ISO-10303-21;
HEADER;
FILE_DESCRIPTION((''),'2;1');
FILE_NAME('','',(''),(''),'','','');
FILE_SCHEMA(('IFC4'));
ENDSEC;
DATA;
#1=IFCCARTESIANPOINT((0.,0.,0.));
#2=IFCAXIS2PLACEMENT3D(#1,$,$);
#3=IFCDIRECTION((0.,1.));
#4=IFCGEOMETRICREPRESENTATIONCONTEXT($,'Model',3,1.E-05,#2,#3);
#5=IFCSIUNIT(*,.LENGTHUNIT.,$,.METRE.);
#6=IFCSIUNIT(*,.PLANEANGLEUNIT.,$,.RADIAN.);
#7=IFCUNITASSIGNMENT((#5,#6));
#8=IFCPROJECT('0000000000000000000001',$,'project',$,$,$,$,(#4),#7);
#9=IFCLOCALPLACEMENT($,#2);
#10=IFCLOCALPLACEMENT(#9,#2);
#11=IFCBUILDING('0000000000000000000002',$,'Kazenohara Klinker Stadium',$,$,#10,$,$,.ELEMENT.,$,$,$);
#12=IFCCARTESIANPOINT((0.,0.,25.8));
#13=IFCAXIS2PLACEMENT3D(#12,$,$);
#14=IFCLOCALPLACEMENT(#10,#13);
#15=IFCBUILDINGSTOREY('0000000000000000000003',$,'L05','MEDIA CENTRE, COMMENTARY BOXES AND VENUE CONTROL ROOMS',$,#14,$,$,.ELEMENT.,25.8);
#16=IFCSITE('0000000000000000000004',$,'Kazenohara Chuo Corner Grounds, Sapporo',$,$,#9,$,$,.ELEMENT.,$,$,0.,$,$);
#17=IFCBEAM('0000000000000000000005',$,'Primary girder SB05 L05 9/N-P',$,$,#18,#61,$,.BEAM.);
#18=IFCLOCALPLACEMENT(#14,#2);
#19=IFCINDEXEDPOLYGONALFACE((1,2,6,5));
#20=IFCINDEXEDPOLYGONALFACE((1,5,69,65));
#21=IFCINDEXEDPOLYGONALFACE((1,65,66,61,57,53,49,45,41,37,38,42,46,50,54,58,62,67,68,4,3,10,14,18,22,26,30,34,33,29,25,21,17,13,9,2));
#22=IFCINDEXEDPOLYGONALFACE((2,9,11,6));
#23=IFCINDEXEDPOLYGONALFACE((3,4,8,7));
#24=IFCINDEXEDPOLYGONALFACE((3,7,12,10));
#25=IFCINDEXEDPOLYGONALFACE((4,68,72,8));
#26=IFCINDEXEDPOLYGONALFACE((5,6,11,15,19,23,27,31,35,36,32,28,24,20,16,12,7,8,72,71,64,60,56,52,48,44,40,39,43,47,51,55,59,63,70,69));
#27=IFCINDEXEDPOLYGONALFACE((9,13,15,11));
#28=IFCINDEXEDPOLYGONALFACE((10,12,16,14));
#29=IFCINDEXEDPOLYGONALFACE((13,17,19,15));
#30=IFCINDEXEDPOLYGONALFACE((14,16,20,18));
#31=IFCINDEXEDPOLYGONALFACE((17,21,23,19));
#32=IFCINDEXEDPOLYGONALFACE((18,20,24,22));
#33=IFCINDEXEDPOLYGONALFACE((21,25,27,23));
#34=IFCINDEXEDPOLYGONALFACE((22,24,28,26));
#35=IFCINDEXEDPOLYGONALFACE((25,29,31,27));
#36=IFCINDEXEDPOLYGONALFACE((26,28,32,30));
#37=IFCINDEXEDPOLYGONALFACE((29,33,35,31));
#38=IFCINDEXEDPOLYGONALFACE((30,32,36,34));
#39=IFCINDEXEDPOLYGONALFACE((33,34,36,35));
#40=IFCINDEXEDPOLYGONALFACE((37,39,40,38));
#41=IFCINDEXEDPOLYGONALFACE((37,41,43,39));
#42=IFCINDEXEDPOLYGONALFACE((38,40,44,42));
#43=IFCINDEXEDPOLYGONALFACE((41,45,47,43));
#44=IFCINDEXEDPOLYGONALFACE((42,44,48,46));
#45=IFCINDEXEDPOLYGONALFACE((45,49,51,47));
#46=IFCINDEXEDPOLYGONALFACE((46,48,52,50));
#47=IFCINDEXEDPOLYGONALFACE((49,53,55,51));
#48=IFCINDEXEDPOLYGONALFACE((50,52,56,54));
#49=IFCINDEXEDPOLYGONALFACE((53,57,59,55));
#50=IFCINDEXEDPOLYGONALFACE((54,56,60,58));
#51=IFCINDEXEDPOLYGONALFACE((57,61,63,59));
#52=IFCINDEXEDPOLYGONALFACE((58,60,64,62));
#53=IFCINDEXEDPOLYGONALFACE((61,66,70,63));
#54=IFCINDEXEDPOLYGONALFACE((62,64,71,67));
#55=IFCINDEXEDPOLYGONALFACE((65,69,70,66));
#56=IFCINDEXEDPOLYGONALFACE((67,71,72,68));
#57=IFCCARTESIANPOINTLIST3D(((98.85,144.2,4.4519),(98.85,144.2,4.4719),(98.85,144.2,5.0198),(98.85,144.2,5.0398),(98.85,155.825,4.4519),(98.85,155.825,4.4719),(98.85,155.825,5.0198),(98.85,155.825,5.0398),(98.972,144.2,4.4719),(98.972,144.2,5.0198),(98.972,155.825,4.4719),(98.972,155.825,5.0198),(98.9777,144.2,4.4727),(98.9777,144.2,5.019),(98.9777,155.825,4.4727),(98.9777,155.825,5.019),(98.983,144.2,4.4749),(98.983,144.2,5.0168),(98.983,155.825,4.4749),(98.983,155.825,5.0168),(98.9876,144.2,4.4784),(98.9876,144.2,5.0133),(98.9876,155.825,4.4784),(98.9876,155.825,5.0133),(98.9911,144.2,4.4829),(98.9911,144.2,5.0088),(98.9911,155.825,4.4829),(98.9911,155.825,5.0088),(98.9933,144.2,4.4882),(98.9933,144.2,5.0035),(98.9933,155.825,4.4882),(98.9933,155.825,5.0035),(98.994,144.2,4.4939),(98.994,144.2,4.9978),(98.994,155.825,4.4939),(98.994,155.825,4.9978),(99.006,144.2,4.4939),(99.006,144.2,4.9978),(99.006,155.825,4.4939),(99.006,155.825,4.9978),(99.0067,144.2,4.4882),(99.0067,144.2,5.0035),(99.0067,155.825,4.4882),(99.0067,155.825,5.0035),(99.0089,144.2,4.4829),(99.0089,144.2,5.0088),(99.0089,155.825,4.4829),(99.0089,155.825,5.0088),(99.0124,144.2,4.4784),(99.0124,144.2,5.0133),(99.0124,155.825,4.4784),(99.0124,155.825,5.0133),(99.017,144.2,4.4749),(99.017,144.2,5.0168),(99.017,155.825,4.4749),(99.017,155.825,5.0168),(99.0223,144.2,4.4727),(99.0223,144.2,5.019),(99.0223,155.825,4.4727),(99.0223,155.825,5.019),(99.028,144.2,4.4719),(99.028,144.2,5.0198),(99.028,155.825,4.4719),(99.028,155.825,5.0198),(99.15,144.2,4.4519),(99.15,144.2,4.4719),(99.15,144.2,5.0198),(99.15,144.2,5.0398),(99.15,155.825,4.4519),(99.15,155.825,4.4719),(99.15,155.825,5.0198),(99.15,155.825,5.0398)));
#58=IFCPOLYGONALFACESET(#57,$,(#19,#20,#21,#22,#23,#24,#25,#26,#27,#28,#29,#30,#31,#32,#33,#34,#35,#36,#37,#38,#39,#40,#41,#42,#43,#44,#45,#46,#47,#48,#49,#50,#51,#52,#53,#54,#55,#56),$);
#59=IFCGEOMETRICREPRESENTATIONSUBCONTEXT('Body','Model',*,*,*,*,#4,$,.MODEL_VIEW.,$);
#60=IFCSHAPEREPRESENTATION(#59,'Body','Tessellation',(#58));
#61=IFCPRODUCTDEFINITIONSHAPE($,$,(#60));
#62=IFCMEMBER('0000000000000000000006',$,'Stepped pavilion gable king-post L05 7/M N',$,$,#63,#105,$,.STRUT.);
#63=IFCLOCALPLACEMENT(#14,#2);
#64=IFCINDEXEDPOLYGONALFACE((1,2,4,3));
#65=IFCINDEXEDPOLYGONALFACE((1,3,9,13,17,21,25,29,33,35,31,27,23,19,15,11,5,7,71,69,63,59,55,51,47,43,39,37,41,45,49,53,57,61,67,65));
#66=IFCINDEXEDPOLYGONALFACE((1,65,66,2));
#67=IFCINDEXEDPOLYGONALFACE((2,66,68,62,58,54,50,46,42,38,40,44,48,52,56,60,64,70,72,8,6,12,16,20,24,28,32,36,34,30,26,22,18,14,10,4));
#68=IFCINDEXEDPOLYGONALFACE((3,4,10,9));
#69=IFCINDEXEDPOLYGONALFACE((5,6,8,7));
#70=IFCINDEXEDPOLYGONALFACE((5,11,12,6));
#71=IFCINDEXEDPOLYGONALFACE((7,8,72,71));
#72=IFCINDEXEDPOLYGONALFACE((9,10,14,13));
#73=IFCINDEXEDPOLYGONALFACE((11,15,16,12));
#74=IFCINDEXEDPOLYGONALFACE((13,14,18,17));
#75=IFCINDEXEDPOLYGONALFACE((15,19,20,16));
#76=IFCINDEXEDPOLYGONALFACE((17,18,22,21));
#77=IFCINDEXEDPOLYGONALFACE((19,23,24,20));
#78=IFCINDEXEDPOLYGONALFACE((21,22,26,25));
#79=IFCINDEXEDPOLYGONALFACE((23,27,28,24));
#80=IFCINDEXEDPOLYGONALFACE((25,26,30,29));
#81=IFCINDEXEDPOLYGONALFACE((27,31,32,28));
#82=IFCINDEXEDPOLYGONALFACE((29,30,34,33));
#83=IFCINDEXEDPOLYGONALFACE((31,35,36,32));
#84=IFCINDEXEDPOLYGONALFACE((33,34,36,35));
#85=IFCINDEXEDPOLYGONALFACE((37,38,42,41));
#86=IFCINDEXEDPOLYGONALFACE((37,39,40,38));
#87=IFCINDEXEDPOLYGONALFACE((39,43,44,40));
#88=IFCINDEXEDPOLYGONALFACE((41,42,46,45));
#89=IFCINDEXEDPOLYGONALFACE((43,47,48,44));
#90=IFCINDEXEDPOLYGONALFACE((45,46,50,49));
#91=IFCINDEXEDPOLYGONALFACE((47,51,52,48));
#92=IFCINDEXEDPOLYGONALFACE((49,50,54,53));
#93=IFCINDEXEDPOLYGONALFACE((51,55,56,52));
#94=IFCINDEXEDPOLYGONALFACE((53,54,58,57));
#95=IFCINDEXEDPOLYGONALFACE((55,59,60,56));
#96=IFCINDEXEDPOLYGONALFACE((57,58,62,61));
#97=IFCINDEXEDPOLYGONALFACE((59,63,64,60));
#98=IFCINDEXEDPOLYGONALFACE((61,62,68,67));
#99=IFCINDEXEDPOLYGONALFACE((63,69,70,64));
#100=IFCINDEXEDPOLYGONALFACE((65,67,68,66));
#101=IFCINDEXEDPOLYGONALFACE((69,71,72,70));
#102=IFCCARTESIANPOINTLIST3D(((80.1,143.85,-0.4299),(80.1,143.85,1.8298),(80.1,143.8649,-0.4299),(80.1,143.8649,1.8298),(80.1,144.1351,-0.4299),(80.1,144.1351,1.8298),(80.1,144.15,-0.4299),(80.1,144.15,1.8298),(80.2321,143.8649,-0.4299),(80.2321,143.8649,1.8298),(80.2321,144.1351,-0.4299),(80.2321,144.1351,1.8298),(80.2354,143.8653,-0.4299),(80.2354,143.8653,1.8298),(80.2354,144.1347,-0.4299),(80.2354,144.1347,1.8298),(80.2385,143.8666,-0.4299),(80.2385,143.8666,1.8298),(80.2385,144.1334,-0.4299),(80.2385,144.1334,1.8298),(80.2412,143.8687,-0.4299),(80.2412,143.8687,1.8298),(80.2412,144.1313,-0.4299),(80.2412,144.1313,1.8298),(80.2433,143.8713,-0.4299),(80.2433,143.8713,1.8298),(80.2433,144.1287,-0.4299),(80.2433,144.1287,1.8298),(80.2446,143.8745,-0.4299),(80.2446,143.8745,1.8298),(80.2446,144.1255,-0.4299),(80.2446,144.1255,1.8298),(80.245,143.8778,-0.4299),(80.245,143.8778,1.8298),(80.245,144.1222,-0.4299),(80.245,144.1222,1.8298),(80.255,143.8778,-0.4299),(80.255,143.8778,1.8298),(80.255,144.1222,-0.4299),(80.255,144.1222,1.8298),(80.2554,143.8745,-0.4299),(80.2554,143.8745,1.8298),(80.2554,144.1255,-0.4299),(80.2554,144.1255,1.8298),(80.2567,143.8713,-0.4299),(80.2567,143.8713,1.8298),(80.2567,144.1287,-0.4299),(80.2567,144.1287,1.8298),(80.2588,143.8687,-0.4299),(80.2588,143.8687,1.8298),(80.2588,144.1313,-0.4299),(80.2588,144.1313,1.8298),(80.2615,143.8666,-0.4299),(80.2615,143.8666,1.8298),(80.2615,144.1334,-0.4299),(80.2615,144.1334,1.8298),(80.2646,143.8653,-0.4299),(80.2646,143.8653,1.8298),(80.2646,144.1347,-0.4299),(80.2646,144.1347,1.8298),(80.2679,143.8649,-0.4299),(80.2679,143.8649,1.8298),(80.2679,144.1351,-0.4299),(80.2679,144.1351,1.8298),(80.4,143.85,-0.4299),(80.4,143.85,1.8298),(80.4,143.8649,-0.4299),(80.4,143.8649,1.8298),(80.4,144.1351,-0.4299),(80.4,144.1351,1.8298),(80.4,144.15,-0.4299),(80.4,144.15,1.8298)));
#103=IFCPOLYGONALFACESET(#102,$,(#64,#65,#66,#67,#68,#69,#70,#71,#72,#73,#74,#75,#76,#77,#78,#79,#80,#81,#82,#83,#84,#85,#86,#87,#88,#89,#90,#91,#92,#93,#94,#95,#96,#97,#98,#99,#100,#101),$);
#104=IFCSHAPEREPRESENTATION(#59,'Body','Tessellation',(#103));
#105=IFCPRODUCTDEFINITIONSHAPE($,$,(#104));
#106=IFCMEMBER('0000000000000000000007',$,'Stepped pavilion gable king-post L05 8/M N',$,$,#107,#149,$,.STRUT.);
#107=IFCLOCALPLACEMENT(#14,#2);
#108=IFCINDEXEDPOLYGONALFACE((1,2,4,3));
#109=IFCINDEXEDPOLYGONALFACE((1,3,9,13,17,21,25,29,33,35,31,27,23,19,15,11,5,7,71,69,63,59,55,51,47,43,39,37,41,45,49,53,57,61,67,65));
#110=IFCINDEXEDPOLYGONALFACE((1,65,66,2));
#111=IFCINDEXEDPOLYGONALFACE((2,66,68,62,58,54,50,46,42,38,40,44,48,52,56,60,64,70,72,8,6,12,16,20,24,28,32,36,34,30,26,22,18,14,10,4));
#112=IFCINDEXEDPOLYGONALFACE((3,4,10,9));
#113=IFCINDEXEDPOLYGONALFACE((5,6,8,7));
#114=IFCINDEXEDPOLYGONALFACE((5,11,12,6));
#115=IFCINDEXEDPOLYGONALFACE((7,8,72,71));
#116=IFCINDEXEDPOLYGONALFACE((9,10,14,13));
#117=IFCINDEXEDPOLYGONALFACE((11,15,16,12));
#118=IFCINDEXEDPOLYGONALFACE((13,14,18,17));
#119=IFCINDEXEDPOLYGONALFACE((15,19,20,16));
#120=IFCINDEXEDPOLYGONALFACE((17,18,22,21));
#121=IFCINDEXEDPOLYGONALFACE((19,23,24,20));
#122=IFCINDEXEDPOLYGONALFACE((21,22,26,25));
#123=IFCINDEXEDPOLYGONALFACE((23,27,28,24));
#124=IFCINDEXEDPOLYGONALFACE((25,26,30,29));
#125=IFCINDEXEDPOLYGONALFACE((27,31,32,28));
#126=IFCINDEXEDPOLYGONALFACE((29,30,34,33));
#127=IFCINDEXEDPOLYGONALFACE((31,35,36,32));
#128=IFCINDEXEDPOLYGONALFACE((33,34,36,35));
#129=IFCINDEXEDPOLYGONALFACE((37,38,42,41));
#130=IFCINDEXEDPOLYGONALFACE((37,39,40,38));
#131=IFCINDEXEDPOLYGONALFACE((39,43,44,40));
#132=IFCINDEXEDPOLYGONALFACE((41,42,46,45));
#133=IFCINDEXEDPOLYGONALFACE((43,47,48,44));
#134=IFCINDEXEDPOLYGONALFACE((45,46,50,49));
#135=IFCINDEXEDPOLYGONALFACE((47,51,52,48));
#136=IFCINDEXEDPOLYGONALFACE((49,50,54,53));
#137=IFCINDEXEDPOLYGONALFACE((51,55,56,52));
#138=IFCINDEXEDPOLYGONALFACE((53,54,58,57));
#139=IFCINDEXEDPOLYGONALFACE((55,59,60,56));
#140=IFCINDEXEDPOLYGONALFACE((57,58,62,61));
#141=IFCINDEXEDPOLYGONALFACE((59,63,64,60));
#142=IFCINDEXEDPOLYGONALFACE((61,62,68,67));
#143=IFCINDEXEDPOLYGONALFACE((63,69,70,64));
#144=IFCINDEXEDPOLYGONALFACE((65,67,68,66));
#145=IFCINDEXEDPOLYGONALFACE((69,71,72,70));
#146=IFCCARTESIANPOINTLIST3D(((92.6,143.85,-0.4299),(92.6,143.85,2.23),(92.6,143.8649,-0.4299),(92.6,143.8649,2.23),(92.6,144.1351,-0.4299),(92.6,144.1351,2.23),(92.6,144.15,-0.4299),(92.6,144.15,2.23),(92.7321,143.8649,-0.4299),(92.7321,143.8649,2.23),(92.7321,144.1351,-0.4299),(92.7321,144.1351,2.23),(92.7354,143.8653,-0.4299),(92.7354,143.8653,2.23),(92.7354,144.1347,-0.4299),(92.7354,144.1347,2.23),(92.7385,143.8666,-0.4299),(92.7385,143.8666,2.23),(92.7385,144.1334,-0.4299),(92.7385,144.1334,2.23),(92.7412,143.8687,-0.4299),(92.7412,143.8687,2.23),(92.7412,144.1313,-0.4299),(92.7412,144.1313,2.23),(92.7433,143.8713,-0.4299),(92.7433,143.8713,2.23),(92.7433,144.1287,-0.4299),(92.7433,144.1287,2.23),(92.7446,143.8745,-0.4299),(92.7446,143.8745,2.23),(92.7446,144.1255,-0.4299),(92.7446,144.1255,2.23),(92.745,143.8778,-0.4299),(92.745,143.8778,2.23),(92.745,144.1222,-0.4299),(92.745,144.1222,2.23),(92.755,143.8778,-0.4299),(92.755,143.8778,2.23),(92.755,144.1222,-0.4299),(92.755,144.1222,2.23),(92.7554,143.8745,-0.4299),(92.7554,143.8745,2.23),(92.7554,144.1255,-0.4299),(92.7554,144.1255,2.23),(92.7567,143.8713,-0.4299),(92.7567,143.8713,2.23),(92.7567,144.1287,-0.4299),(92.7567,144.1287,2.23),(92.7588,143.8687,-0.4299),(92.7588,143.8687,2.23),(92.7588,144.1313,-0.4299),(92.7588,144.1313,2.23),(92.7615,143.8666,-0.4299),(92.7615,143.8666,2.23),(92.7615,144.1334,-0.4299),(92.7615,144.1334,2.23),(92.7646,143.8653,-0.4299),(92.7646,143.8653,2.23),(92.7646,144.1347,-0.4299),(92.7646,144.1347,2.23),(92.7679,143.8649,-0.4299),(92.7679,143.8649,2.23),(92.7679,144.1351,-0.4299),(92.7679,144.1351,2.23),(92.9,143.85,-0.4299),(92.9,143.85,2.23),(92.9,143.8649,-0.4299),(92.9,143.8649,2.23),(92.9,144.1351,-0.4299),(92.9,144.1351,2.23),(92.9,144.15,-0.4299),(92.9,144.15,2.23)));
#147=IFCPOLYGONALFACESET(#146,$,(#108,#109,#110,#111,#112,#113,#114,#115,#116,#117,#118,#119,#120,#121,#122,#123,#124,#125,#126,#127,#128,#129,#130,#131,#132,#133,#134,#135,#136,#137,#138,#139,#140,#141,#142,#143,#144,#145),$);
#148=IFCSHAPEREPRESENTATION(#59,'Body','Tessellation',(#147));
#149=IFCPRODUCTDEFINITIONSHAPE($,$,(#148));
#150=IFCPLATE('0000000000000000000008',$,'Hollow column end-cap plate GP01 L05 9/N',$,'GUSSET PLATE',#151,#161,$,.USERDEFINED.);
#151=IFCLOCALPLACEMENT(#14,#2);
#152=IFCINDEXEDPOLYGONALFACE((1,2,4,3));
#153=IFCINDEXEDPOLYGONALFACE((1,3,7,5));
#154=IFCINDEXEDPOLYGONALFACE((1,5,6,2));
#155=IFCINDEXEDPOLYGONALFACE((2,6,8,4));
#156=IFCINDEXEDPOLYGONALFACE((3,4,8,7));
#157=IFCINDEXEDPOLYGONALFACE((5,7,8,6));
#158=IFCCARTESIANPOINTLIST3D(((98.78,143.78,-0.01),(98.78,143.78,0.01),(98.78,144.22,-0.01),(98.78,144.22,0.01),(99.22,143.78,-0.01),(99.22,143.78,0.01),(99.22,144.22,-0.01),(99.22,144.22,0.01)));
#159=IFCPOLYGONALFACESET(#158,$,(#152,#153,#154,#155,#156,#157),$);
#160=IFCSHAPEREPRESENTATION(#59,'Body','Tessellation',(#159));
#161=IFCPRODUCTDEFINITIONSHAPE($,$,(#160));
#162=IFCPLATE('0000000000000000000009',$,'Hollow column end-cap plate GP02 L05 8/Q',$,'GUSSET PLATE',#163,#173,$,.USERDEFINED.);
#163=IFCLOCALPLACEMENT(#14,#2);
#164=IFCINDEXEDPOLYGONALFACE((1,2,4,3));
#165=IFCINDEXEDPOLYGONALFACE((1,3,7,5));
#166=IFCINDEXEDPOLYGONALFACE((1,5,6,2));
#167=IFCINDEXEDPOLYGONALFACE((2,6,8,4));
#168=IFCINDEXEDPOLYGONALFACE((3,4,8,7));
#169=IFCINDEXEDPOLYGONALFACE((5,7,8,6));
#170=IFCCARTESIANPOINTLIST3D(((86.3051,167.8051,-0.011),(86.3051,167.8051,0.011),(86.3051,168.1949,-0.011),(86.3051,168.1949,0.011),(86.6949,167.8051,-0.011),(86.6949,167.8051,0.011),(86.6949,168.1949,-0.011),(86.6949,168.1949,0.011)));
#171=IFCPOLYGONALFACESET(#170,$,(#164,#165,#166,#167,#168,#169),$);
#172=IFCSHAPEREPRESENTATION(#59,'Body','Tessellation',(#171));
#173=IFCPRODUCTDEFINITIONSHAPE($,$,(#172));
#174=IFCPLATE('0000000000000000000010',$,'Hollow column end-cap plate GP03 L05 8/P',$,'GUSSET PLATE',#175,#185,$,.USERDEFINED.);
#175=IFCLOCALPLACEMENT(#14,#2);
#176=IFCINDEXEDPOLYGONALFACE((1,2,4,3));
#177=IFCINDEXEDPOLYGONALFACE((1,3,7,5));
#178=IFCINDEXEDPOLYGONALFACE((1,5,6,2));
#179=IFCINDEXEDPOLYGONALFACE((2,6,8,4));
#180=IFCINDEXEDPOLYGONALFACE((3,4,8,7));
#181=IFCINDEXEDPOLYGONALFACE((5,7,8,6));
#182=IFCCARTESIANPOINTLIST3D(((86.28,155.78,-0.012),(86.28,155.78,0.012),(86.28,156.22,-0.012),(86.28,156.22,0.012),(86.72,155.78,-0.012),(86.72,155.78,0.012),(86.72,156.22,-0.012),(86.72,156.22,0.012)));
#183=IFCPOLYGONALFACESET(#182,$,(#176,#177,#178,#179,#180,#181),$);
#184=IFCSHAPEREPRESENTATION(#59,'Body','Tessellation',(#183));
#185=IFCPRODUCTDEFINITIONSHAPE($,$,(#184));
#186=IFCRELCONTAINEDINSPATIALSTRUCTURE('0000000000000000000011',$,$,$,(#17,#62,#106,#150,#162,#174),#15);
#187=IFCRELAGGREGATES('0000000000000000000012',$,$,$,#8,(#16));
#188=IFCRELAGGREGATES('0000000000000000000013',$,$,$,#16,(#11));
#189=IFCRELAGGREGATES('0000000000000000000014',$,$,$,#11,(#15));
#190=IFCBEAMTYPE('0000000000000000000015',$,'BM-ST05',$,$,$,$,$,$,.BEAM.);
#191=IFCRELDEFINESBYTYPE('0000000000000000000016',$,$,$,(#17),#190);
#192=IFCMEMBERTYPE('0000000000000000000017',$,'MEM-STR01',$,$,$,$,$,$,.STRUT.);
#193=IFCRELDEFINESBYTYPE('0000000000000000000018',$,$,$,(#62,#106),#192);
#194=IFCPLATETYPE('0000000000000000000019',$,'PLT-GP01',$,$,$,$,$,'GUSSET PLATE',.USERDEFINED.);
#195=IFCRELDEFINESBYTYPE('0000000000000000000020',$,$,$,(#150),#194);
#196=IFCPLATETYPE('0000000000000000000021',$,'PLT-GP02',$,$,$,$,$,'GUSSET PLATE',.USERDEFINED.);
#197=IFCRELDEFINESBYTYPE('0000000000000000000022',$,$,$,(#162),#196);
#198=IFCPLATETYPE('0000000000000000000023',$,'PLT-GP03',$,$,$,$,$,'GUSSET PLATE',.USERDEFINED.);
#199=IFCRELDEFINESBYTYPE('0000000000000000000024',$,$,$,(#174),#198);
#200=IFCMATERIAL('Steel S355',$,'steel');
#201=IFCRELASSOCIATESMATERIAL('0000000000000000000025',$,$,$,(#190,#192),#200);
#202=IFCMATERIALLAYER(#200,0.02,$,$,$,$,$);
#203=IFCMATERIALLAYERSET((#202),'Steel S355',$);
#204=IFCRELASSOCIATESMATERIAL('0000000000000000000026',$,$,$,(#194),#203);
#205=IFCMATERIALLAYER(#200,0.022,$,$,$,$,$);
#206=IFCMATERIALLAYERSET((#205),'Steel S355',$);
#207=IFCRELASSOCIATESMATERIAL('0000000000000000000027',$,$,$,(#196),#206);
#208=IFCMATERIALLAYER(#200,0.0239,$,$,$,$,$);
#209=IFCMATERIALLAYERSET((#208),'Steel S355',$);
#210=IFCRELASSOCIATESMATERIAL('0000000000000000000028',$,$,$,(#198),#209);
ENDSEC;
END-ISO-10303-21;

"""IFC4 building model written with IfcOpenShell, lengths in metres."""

from ifc_helpers import new_model, si_unit, direction, frame, origin, origin_2d, place, context, subcontext, project, spatial, rectangle, i_section, extrude, material, layer, layer_set, material_profile, profile_set, type_object, element, save


model = new_model("IFC4")

# Units and contexts
model_context = context("Model", 3, precision=1e-05, world=origin(), true_north=direction((0.0, 1.0)))
body_context = subcontext(model_context, "Body", "Model", "MODEL_VIEW")
ifc_project = project(units=[si_unit("LENGTHUNIT", "METRE"), si_unit("PLANEANGLEUNIT", "RADIAN")], contexts=[model_context])

# Site, building, storey
site_placement = place(None, origin())
site = spatial("IfcSite", under=ifc_project, at=site_placement, Name="Kazenohara Chuo Corner Grounds, Sapporo", CompositionType="ELEMENT", RefElevation=0.0)
building_placement = place(site_placement, origin())
building = spatial("IfcBuilding", under=site, at=building_placement, Name="Kazenohara Klinker Stadium", CompositionType="ELEMENT")
storey_placement = place(building_placement, frame((0.0, 0.0, 25.8)))
storey = spatial("IfcBuildingStorey", under=building, at=storey_placement, Name="L05", Description="MEDIA CENTRE, COMMENTARY BOXES AND VENUE CONTROL ROOMS", CompositionType="ELEMENT", Elevation=25.8)

# Shared definitions
ifc_material_1 = material(Name="Steel S355", Category="steel")

# Beam
ifc_material_profile_1 = material_profile(ifc_material_1, i_section(OverallWidth=0.3, OverallDepth=0.5879, WebThickness=0.012, FlangeThickness=0.02, FilletRadius=0.022, at=origin_2d()), Name="H-588x300x12x20")
ifc_profile_set_1 = profile_set([ifc_material_profile_1], Name="Steel S355")
beam_type_1 = type_object("IfcBeamType", Name="BM-ST05", PredefinedType="BEAM", material=ifc_profile_set_1)
for number, where, z_axis, x_axis, name in (
    (1, (99.0, 144.2, 4.7458), (0.0, 1.0, 0.0), (-1.0, 0.0, 0.0), "Primary girder SB05 L05 9/N-P"),
):
    element("IfcBeam", number, at=place(storey_placement, frame(where, z_axis=z_axis, x_axis=x_axis)), inside=storey, type_object=beam_type_1, Name=name, PredefinedType="BEAM", context=body_context, shape_type="SweptSolid", body=[
        extrude(i_section(OverallWidth=0.3, OverallDepth=0.5879, WebThickness=0.012, FlangeThickness=0.02, FilletRadius=0.022, at=origin_2d()), origin(), (0.0, 0.0, 1.0), 11.625),
    ])

# Members
ifc_material_profile_2 = material_profile(ifc_material_1, i_section(OverallWidth=0.3, OverallDepth=0.3, WebThickness=0.01, FlangeThickness=0.0149, FilletRadius=0.0129, at=origin_2d()), Name="H-300x300x10x15")
ifc_profile_set_2 = profile_set([ifc_material_profile_2], Name="Steel S355")
member_type = type_object("IfcMemberType", Name="MEM-STR01", PredefinedType="STRUT", material=ifc_profile_set_2)
member_1_placement = place(storey_placement, frame((80.25, 144.0, -0.4299), z_axis=(0.0, 0.0, 1.0), x_axis=(1.0, 0.0, 0.0)))
element("IfcMember", 2, at=member_1_placement, inside=storey, type_object=member_type, Name="Stepped pavilion gable king-post L05 7/M N", PredefinedType="STRUT", context=body_context, shape_type="SweptSolid", body=[
    extrude(i_section(OverallWidth=0.3, OverallDepth=0.3, WebThickness=0.01, FlangeThickness=0.0149, FilletRadius=0.0129, at=origin_2d()), origin(), (0.0, 0.0, 1.0), 2.2598),
])
member_2_placement = place(storey_placement, frame((92.75, 144.0, -0.4299), z_axis=(0.0, 0.0, 1.0), x_axis=(1.0, 0.0, 0.0)))
element("IfcMember", 3, at=member_2_placement, inside=storey, type_object=member_type, Name="Stepped pavilion gable king-post L05 8/M N", PredefinedType="STRUT", context=body_context, shape_type="SweptSolid", body=[
    extrude(i_section(OverallWidth=0.3, OverallDepth=0.3, WebThickness=0.01, FlangeThickness=0.0149, FilletRadius=0.0129, at=origin_2d()), origin(), (0.0, 0.0, 1.0), 2.6599),
])

# Plates
ifc_layer_1 = layer(ifc_material_1, 0.02)
ifc_layer_set_1 = layer_set([ifc_layer_1], Name="Steel S355")
plate_type_1 = type_object("IfcPlateType", Name="PLT-GP01", ElementType="GUSSET PLATE", PredefinedType="USERDEFINED", material=ifc_layer_set_1)
plate_1_placement = place(storey_placement, frame((99.0, 144.0, -0.01), z_axis=(0.0, 0.0, 1.0), x_axis=(1.0, 0.0, 0.0)))
element("IfcPlate", 4, at=plate_1_placement, inside=storey, type_object=plate_type_1, Name="Hollow column end-cap plate GP01 L05 9/N", ObjectType="GUSSET PLATE", PredefinedType="USERDEFINED", context=body_context, shape_type="SweptSolid", body=[
    extrude(rectangle(XDim=0.4399, YDim=0.4399, at=origin_2d()), origin(), (0.0, 0.0, 1.0), 0.02),
])
ifc_layer_2 = layer(ifc_material_1, 0.022)
ifc_layer_set_2 = layer_set([ifc_layer_2], Name="Steel S355")
plate_type_2 = type_object("IfcPlateType", Name="PLT-GP02", ElementType="GUSSET PLATE", PredefinedType="USERDEFINED", material=ifc_layer_set_2)
plate_2_placement = place(storey_placement, frame((86.5, 168.0, -0.011), z_axis=(0.0, 0.0, 1.0), x_axis=(1.0, 0.0, 0.0)))
element("IfcPlate", 5, at=plate_2_placement, inside=storey, type_object=plate_type_2, Name="Hollow column end-cap plate GP02 L05 8/Q", ObjectType="GUSSET PLATE", PredefinedType="USERDEFINED", context=body_context, shape_type="SweptSolid", body=[
    extrude(rectangle(XDim=0.3899, YDim=0.3899, at=origin_2d()), origin(), (0.0, 0.0, 1.0), 0.022),
])
ifc_layer_3 = layer(ifc_material_1, 0.0239)
ifc_layer_set_3 = layer_set([ifc_layer_3], Name="Steel S355")
plate_type_3 = type_object("IfcPlateType", Name="PLT-GP03", ElementType="GUSSET PLATE", PredefinedType="USERDEFINED", material=ifc_layer_set_3)
plate_3_placement = place(storey_placement, frame((86.5, 156.0, -0.012), z_axis=(0.0, 0.0, 1.0), x_axis=(1.0, 0.0, 0.0)))
element("IfcPlate", 6, at=plate_3_placement, inside=storey, type_object=plate_type_3, Name="Hollow column end-cap plate GP03 L05 8/P", ObjectType="GUSSET PLATE", PredefinedType="USERDEFINED", context=body_context, shape_type="SweptSolid", body=[
    extrude(rectangle(XDim=0.4399, YDim=0.4399, at=origin_2d()), origin(), (0.0, 0.0, 1.0), 0.0239),
])

save(model, "model.ifc")
